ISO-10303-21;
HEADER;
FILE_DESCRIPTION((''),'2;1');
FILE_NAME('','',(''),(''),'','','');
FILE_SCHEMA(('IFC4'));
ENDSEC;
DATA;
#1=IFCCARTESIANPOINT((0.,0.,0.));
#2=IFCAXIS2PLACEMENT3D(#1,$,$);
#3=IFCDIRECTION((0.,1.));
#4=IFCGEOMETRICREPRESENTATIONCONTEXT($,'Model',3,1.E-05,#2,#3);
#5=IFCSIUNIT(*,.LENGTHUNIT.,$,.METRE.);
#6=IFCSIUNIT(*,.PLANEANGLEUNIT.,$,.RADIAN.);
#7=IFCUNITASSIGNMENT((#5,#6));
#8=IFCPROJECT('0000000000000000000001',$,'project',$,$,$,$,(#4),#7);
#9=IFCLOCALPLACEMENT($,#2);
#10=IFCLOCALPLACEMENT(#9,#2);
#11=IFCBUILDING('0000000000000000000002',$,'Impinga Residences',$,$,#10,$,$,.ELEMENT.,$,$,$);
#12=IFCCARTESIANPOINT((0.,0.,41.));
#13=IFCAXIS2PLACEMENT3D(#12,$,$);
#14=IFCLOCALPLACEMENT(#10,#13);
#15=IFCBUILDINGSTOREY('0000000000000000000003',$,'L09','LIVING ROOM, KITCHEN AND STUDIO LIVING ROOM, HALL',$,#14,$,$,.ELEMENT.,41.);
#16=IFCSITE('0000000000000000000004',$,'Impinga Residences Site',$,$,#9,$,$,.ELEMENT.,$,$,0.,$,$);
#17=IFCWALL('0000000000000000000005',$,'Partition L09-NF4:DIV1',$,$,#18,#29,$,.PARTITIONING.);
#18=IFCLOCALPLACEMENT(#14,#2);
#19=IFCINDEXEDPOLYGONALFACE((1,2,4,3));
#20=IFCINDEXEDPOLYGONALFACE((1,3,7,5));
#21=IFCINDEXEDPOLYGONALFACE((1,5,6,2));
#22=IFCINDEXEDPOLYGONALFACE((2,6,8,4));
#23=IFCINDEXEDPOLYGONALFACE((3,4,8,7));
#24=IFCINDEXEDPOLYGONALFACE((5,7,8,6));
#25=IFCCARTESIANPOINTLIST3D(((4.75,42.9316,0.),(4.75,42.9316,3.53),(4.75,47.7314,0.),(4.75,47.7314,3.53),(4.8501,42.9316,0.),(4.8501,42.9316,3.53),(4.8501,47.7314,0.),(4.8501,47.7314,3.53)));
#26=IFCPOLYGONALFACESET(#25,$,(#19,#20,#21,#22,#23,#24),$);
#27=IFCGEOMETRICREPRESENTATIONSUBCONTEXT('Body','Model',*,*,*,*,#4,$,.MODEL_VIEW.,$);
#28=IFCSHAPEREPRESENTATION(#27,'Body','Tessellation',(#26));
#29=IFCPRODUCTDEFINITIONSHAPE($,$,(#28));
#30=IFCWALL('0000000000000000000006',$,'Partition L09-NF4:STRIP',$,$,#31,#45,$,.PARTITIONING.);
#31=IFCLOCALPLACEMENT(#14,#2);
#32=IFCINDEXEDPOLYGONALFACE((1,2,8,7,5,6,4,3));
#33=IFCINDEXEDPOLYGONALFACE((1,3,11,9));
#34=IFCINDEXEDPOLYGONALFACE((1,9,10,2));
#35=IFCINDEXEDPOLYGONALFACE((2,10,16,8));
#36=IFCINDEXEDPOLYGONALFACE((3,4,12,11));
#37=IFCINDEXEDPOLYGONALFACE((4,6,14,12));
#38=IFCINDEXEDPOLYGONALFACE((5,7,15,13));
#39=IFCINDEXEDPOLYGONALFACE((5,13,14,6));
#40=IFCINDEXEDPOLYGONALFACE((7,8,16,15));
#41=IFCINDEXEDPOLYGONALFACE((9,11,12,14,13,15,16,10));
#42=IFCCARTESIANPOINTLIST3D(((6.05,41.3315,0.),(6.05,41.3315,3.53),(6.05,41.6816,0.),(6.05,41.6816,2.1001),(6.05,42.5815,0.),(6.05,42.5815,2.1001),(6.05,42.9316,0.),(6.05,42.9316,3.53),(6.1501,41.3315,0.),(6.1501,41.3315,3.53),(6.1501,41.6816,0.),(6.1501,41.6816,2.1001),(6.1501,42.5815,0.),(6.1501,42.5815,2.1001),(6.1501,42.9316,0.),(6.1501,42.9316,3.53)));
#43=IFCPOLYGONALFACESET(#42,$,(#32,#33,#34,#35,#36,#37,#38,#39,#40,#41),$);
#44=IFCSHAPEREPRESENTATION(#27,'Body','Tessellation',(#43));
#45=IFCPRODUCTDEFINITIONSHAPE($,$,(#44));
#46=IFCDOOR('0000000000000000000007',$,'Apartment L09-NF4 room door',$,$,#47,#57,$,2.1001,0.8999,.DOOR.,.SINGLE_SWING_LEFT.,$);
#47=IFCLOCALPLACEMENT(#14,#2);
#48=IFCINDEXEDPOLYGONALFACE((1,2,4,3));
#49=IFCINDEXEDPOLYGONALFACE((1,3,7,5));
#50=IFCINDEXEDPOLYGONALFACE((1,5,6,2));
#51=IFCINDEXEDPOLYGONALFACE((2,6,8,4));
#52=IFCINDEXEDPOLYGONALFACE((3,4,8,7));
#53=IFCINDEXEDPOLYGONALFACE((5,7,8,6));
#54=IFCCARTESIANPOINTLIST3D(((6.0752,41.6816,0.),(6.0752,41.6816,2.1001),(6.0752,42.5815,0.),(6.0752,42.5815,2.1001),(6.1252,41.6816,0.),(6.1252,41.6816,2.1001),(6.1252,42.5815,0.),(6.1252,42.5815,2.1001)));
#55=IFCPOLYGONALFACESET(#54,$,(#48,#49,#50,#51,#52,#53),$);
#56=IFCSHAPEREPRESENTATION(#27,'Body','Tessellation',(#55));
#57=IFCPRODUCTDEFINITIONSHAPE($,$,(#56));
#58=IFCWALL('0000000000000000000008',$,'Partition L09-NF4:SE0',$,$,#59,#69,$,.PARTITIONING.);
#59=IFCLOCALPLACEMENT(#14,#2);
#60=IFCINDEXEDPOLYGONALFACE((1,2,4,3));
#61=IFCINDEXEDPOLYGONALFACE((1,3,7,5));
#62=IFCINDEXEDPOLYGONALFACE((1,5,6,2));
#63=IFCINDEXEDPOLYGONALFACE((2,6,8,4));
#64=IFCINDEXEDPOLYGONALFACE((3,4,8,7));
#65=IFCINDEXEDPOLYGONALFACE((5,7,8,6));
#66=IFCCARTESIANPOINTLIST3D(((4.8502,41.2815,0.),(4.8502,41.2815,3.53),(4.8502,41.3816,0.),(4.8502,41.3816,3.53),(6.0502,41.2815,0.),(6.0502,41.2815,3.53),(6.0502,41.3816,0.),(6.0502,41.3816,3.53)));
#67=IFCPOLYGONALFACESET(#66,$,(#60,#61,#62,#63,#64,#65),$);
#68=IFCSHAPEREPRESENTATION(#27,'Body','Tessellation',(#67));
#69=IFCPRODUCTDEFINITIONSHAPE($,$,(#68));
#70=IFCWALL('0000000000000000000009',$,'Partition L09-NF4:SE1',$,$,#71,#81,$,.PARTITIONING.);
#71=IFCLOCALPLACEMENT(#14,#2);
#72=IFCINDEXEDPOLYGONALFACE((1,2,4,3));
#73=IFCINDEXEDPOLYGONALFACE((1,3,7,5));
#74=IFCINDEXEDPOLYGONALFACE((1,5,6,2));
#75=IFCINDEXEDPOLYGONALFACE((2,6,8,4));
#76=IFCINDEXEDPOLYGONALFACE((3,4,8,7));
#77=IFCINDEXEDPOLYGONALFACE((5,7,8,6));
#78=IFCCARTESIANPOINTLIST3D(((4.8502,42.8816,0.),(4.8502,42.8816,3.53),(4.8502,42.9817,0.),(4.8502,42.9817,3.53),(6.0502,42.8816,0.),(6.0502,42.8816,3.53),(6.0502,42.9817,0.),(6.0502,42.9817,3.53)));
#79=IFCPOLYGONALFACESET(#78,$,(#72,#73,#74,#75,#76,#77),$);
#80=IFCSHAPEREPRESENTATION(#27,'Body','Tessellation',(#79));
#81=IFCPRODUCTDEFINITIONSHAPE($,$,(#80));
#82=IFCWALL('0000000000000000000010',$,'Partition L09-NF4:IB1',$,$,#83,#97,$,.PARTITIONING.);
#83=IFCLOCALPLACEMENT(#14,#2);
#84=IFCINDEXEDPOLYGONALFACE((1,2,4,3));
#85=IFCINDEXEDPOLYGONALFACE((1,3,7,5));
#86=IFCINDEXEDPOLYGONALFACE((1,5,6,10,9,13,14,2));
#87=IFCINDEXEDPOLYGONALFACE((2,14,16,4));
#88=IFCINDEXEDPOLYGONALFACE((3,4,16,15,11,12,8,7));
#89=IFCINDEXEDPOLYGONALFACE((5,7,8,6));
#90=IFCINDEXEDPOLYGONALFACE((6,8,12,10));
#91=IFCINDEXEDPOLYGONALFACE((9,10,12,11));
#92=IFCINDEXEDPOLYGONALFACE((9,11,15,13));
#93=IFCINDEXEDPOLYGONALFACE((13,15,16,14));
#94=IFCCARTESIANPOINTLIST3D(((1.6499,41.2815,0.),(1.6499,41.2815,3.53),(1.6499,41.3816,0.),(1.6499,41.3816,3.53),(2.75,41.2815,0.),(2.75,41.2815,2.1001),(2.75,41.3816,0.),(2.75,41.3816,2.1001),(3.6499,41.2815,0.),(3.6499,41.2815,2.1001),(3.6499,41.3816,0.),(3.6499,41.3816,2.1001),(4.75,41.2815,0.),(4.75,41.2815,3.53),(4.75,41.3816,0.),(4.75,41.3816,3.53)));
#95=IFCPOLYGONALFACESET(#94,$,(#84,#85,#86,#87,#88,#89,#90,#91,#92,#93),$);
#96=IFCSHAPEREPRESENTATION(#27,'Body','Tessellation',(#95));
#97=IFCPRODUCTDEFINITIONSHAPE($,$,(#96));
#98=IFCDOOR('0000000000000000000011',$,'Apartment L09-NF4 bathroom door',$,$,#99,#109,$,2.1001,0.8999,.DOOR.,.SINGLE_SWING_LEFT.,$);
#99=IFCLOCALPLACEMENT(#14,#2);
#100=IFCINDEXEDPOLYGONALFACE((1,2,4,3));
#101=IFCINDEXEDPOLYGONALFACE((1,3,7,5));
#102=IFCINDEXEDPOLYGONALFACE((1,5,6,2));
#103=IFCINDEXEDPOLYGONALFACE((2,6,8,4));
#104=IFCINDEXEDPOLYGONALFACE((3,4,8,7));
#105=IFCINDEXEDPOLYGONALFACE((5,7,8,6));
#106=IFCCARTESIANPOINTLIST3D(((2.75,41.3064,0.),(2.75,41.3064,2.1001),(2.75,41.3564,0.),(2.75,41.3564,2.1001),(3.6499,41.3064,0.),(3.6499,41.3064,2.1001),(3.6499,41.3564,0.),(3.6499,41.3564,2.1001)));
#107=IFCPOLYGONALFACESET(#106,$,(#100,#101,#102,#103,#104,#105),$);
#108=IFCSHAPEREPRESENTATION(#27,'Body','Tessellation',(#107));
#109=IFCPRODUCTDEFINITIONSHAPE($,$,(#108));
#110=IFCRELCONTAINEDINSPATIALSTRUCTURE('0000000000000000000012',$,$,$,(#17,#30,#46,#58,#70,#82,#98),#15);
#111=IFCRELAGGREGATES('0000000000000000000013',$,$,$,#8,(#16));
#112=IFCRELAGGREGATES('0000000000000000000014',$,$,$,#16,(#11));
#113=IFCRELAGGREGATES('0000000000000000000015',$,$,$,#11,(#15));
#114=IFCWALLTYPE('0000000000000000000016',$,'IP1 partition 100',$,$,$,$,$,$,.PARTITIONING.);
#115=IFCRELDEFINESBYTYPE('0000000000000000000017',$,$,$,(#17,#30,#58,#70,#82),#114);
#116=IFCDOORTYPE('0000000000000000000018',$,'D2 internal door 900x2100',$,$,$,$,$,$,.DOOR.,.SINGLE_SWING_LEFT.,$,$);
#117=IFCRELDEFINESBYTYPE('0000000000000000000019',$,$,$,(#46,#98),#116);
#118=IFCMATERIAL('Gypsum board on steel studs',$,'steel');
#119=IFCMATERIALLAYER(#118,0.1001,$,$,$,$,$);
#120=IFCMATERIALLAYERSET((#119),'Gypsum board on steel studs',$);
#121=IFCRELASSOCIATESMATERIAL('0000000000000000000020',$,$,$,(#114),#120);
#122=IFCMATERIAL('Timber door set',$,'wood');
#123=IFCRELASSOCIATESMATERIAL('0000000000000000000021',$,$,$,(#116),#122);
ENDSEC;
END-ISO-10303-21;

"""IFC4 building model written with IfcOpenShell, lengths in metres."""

from ifc_helpers import new_model, si_unit, direction, frame, frame_2d, origin, place, context, subcontext, project, spatial, rectangle, extrude, material, layer, layer_set, type_object, element, fill, save


model = new_model("IFC4")

# Units and contexts
model_context = context("Model", 3, precision=1e-05, world=origin(), true_north=direction((0.0, 1.0)))
body_context = subcontext(model_context, "Body", "Model", "MODEL_VIEW")
ifc_project = project(units=[si_unit("LENGTHUNIT", "METRE"), si_unit("PLANEANGLEUNIT", "RADIAN")], contexts=[model_context])

# Site, building, storey
site_placement = place(None, origin())
site = spatial("IfcSite", under=ifc_project, at=site_placement, Name="Impinga Residences Site", CompositionType="ELEMENT", RefElevation=0.0)
building_placement = place(site_placement, origin())
building = spatial("IfcBuilding", under=site, at=building_placement, Name="Impinga Residences", CompositionType="ELEMENT")
storey_placement = place(building_placement, frame((0.0, 0.0, 41.0)))
storey = spatial("IfcBuildingStorey", under=building, at=storey_placement, Name="L09", Description="LIVING ROOM, KITCHEN AND STUDIO LIVING ROOM, HALL", CompositionType="ELEMENT", Elevation=41.0)

# Wall
ifc_material_1 = material(Name="Gypsum board on steel studs", Category="steel")
ifc_layer_1 = layer(ifc_material_1, 0.1001)
ifc_layer_set_1 = layer_set([ifc_layer_1], Name="Gypsum board on steel studs")
wall_type_1 = type_object("IfcWallType", Name="IP1 partition 100", PredefinedType="PARTITIONING", material=ifc_layer_set_1)
wall_1_placement = place(storey_placement, frame((4.8, 42.9316, 0.0), z_axis=(0.0, 0.0, 1.0), x_axis=(0.0, 1.0, 0.0)))
element("IfcWall", 1, at=wall_1_placement, inside=storey, type_object=wall_type_1, Name="Partition L09-NF4:DIV1", PredefinedType="PARTITIONING", context=body_context, shape_type="SweptSolid", body=[
    extrude(rectangle(XDim=4.7998, YDim=0.1001, at=frame_2d((2.3999, 0.0))), origin(), (0.0, 0.0, 1.0), 3.53),
])

# Wall, opening, door
wall_2_placement = place(storey_placement, frame((6.1001, 41.3315, 0.0), z_axis=(0.0, 0.0, 1.0), x_axis=(0.0, 1.0, 0.0)))
wall_2 = element("IfcWall", 2, at=wall_2_placement, inside=storey, type_object=wall_type_1, Name="Partition L09-NF4:STRIP", PredefinedType="PARTITIONING", context=body_context, shape_type="SweptSolid", body=[
    extrude(rectangle(XDim=1.6001, YDim=0.1001, at=frame_2d((0.8, 0.0))), origin(), (0.0, 0.0, 1.0), 3.53),
])
opening_1_placement = place(wall_2_placement, frame((0.3501, 0.0, 0.0)))
opening_1 = element("IfcOpeningElement", 3, at=opening_1_placement, cuts=wall_2, PredefinedType="OPENING", context=body_context, shape_type="SweptSolid", body=[
    extrude(rectangle(XDim=0.8999, YDim=2.1001, at=frame_2d((0.45, 1.05))), frame((0.0, 0.0601, 0.0), z_axis=(0.0, -1.0, 0.0), x_axis=(1.0, 0.0, 0.0)), (0.0, 0.0, 1.0), 0.1201),
])
ifc_material_2 = material(Name="Timber door set", Category="wood")
door_type = type_object("IfcDoorType", Name="D2 internal door 900x2100", OperationType="SINGLE_SWING_LEFT", PredefinedType="DOOR", material=ifc_material_2)
door_1_placement = place(opening_1_placement, origin())
door_1 = element("IfcDoor", 4, at=door_1_placement, inside=storey, type_object=door_type, Name="Apartment L09-NF4 room door", OperationType="SINGLE_SWING_LEFT", OverallHeight=2.1001, OverallWidth=0.8999, PredefinedType="DOOR", context=body_context, shape_type="SweptSolid", body=[
    extrude(rectangle(XDim=0.8999, YDim=2.1001, at=frame_2d((0.45, 1.05))), frame((0.0, 0.0249, 0.0), z_axis=(0.0, -1.0, 0.0), x_axis=(1.0, 0.0, 0.0)), (0.0, 0.0, 1.0), 0.05),
])
fill(opening_1, door_1)

# Walls
for number, where, z_axis, x_axis, name in (
    (5, (4.8501, 41.3315, 0.0), (0.0, 0.0, 1.0), (1.0, 0.0, 0.0), "Partition L09-NF4:SE0"),
    (6, (4.8501, 42.9316, 0.0), (0.0, 0.0, 1.0), (1.0, 0.0, 0.0), "Partition L09-NF4:SE1"),
):
    element("IfcWall", number, at=place(storey_placement, frame(where, z_axis=z_axis, x_axis=x_axis)), inside=storey, type_object=wall_type_1, Name=name, PredefinedType="PARTITIONING", context=body_context, shape_type="SweptSolid", body=[
        extrude(rectangle(XDim=1.2, YDim=0.1001, at=frame_2d((0.6001, 0.0))), origin(), (0.0, 0.0, 1.0), 3.53),
    ])

# Wall, opening, door
wall_3_placement = place(storey_placement, frame((1.6499, 41.3315, 0.0), z_axis=(0.0, 0.0, 1.0), x_axis=(1.0, 0.0, 0.0)))
wall_3 = element("IfcWall", 7, at=wall_3_placement, inside=storey, type_object=wall_type_1, Name="Partition L09-NF4:IB1", PredefinedType="PARTITIONING", context=body_context, shape_type="SweptSolid", body=[
    extrude(rectangle(XDim=3.1001, YDim=0.1001, at=frame_2d((1.55, 0.0))), origin(), (0.0, 0.0, 1.0), 3.53),
])
opening_2_placement = place(wall_3_placement, frame((1.1001, 0.0, 0.0)))
opening_2 = element("IfcOpeningElement", 8, at=opening_2_placement, cuts=wall_3, PredefinedType="OPENING", context=body_context, shape_type="SweptSolid", body=[
    extrude(rectangle(XDim=0.8999, YDim=2.1001, at=frame_2d((0.45, 1.05))), frame((0.0, 0.0601, 0.0), z_axis=(0.0, -1.0, 0.0), x_axis=(1.0, 0.0, 0.0)), (0.0, 0.0, 1.0), 0.1201),
])
door_2_placement = place(opening_2_placement, origin())
door_2 = element("IfcDoor", 9, at=door_2_placement, inside=storey, type_object=door_type, Name="Apartment L09-NF4 bathroom door", OperationType="SINGLE_SWING_LEFT", OverallHeight=2.1001, OverallWidth=0.8999, PredefinedType="DOOR", context=body_context, shape_type="SweptSolid", body=[
    extrude(rectangle(XDim=0.8999, YDim=2.1001, at=frame_2d((0.45, 1.05))), frame((0.0, 0.0249, 0.0), z_axis=(0.0, -1.0, 0.0), x_axis=(1.0, 0.0, 0.0)), (0.0, 0.0, 1.0), 0.05),
])
fill(opening_2, door_2)

save(model, "model.ifc")
